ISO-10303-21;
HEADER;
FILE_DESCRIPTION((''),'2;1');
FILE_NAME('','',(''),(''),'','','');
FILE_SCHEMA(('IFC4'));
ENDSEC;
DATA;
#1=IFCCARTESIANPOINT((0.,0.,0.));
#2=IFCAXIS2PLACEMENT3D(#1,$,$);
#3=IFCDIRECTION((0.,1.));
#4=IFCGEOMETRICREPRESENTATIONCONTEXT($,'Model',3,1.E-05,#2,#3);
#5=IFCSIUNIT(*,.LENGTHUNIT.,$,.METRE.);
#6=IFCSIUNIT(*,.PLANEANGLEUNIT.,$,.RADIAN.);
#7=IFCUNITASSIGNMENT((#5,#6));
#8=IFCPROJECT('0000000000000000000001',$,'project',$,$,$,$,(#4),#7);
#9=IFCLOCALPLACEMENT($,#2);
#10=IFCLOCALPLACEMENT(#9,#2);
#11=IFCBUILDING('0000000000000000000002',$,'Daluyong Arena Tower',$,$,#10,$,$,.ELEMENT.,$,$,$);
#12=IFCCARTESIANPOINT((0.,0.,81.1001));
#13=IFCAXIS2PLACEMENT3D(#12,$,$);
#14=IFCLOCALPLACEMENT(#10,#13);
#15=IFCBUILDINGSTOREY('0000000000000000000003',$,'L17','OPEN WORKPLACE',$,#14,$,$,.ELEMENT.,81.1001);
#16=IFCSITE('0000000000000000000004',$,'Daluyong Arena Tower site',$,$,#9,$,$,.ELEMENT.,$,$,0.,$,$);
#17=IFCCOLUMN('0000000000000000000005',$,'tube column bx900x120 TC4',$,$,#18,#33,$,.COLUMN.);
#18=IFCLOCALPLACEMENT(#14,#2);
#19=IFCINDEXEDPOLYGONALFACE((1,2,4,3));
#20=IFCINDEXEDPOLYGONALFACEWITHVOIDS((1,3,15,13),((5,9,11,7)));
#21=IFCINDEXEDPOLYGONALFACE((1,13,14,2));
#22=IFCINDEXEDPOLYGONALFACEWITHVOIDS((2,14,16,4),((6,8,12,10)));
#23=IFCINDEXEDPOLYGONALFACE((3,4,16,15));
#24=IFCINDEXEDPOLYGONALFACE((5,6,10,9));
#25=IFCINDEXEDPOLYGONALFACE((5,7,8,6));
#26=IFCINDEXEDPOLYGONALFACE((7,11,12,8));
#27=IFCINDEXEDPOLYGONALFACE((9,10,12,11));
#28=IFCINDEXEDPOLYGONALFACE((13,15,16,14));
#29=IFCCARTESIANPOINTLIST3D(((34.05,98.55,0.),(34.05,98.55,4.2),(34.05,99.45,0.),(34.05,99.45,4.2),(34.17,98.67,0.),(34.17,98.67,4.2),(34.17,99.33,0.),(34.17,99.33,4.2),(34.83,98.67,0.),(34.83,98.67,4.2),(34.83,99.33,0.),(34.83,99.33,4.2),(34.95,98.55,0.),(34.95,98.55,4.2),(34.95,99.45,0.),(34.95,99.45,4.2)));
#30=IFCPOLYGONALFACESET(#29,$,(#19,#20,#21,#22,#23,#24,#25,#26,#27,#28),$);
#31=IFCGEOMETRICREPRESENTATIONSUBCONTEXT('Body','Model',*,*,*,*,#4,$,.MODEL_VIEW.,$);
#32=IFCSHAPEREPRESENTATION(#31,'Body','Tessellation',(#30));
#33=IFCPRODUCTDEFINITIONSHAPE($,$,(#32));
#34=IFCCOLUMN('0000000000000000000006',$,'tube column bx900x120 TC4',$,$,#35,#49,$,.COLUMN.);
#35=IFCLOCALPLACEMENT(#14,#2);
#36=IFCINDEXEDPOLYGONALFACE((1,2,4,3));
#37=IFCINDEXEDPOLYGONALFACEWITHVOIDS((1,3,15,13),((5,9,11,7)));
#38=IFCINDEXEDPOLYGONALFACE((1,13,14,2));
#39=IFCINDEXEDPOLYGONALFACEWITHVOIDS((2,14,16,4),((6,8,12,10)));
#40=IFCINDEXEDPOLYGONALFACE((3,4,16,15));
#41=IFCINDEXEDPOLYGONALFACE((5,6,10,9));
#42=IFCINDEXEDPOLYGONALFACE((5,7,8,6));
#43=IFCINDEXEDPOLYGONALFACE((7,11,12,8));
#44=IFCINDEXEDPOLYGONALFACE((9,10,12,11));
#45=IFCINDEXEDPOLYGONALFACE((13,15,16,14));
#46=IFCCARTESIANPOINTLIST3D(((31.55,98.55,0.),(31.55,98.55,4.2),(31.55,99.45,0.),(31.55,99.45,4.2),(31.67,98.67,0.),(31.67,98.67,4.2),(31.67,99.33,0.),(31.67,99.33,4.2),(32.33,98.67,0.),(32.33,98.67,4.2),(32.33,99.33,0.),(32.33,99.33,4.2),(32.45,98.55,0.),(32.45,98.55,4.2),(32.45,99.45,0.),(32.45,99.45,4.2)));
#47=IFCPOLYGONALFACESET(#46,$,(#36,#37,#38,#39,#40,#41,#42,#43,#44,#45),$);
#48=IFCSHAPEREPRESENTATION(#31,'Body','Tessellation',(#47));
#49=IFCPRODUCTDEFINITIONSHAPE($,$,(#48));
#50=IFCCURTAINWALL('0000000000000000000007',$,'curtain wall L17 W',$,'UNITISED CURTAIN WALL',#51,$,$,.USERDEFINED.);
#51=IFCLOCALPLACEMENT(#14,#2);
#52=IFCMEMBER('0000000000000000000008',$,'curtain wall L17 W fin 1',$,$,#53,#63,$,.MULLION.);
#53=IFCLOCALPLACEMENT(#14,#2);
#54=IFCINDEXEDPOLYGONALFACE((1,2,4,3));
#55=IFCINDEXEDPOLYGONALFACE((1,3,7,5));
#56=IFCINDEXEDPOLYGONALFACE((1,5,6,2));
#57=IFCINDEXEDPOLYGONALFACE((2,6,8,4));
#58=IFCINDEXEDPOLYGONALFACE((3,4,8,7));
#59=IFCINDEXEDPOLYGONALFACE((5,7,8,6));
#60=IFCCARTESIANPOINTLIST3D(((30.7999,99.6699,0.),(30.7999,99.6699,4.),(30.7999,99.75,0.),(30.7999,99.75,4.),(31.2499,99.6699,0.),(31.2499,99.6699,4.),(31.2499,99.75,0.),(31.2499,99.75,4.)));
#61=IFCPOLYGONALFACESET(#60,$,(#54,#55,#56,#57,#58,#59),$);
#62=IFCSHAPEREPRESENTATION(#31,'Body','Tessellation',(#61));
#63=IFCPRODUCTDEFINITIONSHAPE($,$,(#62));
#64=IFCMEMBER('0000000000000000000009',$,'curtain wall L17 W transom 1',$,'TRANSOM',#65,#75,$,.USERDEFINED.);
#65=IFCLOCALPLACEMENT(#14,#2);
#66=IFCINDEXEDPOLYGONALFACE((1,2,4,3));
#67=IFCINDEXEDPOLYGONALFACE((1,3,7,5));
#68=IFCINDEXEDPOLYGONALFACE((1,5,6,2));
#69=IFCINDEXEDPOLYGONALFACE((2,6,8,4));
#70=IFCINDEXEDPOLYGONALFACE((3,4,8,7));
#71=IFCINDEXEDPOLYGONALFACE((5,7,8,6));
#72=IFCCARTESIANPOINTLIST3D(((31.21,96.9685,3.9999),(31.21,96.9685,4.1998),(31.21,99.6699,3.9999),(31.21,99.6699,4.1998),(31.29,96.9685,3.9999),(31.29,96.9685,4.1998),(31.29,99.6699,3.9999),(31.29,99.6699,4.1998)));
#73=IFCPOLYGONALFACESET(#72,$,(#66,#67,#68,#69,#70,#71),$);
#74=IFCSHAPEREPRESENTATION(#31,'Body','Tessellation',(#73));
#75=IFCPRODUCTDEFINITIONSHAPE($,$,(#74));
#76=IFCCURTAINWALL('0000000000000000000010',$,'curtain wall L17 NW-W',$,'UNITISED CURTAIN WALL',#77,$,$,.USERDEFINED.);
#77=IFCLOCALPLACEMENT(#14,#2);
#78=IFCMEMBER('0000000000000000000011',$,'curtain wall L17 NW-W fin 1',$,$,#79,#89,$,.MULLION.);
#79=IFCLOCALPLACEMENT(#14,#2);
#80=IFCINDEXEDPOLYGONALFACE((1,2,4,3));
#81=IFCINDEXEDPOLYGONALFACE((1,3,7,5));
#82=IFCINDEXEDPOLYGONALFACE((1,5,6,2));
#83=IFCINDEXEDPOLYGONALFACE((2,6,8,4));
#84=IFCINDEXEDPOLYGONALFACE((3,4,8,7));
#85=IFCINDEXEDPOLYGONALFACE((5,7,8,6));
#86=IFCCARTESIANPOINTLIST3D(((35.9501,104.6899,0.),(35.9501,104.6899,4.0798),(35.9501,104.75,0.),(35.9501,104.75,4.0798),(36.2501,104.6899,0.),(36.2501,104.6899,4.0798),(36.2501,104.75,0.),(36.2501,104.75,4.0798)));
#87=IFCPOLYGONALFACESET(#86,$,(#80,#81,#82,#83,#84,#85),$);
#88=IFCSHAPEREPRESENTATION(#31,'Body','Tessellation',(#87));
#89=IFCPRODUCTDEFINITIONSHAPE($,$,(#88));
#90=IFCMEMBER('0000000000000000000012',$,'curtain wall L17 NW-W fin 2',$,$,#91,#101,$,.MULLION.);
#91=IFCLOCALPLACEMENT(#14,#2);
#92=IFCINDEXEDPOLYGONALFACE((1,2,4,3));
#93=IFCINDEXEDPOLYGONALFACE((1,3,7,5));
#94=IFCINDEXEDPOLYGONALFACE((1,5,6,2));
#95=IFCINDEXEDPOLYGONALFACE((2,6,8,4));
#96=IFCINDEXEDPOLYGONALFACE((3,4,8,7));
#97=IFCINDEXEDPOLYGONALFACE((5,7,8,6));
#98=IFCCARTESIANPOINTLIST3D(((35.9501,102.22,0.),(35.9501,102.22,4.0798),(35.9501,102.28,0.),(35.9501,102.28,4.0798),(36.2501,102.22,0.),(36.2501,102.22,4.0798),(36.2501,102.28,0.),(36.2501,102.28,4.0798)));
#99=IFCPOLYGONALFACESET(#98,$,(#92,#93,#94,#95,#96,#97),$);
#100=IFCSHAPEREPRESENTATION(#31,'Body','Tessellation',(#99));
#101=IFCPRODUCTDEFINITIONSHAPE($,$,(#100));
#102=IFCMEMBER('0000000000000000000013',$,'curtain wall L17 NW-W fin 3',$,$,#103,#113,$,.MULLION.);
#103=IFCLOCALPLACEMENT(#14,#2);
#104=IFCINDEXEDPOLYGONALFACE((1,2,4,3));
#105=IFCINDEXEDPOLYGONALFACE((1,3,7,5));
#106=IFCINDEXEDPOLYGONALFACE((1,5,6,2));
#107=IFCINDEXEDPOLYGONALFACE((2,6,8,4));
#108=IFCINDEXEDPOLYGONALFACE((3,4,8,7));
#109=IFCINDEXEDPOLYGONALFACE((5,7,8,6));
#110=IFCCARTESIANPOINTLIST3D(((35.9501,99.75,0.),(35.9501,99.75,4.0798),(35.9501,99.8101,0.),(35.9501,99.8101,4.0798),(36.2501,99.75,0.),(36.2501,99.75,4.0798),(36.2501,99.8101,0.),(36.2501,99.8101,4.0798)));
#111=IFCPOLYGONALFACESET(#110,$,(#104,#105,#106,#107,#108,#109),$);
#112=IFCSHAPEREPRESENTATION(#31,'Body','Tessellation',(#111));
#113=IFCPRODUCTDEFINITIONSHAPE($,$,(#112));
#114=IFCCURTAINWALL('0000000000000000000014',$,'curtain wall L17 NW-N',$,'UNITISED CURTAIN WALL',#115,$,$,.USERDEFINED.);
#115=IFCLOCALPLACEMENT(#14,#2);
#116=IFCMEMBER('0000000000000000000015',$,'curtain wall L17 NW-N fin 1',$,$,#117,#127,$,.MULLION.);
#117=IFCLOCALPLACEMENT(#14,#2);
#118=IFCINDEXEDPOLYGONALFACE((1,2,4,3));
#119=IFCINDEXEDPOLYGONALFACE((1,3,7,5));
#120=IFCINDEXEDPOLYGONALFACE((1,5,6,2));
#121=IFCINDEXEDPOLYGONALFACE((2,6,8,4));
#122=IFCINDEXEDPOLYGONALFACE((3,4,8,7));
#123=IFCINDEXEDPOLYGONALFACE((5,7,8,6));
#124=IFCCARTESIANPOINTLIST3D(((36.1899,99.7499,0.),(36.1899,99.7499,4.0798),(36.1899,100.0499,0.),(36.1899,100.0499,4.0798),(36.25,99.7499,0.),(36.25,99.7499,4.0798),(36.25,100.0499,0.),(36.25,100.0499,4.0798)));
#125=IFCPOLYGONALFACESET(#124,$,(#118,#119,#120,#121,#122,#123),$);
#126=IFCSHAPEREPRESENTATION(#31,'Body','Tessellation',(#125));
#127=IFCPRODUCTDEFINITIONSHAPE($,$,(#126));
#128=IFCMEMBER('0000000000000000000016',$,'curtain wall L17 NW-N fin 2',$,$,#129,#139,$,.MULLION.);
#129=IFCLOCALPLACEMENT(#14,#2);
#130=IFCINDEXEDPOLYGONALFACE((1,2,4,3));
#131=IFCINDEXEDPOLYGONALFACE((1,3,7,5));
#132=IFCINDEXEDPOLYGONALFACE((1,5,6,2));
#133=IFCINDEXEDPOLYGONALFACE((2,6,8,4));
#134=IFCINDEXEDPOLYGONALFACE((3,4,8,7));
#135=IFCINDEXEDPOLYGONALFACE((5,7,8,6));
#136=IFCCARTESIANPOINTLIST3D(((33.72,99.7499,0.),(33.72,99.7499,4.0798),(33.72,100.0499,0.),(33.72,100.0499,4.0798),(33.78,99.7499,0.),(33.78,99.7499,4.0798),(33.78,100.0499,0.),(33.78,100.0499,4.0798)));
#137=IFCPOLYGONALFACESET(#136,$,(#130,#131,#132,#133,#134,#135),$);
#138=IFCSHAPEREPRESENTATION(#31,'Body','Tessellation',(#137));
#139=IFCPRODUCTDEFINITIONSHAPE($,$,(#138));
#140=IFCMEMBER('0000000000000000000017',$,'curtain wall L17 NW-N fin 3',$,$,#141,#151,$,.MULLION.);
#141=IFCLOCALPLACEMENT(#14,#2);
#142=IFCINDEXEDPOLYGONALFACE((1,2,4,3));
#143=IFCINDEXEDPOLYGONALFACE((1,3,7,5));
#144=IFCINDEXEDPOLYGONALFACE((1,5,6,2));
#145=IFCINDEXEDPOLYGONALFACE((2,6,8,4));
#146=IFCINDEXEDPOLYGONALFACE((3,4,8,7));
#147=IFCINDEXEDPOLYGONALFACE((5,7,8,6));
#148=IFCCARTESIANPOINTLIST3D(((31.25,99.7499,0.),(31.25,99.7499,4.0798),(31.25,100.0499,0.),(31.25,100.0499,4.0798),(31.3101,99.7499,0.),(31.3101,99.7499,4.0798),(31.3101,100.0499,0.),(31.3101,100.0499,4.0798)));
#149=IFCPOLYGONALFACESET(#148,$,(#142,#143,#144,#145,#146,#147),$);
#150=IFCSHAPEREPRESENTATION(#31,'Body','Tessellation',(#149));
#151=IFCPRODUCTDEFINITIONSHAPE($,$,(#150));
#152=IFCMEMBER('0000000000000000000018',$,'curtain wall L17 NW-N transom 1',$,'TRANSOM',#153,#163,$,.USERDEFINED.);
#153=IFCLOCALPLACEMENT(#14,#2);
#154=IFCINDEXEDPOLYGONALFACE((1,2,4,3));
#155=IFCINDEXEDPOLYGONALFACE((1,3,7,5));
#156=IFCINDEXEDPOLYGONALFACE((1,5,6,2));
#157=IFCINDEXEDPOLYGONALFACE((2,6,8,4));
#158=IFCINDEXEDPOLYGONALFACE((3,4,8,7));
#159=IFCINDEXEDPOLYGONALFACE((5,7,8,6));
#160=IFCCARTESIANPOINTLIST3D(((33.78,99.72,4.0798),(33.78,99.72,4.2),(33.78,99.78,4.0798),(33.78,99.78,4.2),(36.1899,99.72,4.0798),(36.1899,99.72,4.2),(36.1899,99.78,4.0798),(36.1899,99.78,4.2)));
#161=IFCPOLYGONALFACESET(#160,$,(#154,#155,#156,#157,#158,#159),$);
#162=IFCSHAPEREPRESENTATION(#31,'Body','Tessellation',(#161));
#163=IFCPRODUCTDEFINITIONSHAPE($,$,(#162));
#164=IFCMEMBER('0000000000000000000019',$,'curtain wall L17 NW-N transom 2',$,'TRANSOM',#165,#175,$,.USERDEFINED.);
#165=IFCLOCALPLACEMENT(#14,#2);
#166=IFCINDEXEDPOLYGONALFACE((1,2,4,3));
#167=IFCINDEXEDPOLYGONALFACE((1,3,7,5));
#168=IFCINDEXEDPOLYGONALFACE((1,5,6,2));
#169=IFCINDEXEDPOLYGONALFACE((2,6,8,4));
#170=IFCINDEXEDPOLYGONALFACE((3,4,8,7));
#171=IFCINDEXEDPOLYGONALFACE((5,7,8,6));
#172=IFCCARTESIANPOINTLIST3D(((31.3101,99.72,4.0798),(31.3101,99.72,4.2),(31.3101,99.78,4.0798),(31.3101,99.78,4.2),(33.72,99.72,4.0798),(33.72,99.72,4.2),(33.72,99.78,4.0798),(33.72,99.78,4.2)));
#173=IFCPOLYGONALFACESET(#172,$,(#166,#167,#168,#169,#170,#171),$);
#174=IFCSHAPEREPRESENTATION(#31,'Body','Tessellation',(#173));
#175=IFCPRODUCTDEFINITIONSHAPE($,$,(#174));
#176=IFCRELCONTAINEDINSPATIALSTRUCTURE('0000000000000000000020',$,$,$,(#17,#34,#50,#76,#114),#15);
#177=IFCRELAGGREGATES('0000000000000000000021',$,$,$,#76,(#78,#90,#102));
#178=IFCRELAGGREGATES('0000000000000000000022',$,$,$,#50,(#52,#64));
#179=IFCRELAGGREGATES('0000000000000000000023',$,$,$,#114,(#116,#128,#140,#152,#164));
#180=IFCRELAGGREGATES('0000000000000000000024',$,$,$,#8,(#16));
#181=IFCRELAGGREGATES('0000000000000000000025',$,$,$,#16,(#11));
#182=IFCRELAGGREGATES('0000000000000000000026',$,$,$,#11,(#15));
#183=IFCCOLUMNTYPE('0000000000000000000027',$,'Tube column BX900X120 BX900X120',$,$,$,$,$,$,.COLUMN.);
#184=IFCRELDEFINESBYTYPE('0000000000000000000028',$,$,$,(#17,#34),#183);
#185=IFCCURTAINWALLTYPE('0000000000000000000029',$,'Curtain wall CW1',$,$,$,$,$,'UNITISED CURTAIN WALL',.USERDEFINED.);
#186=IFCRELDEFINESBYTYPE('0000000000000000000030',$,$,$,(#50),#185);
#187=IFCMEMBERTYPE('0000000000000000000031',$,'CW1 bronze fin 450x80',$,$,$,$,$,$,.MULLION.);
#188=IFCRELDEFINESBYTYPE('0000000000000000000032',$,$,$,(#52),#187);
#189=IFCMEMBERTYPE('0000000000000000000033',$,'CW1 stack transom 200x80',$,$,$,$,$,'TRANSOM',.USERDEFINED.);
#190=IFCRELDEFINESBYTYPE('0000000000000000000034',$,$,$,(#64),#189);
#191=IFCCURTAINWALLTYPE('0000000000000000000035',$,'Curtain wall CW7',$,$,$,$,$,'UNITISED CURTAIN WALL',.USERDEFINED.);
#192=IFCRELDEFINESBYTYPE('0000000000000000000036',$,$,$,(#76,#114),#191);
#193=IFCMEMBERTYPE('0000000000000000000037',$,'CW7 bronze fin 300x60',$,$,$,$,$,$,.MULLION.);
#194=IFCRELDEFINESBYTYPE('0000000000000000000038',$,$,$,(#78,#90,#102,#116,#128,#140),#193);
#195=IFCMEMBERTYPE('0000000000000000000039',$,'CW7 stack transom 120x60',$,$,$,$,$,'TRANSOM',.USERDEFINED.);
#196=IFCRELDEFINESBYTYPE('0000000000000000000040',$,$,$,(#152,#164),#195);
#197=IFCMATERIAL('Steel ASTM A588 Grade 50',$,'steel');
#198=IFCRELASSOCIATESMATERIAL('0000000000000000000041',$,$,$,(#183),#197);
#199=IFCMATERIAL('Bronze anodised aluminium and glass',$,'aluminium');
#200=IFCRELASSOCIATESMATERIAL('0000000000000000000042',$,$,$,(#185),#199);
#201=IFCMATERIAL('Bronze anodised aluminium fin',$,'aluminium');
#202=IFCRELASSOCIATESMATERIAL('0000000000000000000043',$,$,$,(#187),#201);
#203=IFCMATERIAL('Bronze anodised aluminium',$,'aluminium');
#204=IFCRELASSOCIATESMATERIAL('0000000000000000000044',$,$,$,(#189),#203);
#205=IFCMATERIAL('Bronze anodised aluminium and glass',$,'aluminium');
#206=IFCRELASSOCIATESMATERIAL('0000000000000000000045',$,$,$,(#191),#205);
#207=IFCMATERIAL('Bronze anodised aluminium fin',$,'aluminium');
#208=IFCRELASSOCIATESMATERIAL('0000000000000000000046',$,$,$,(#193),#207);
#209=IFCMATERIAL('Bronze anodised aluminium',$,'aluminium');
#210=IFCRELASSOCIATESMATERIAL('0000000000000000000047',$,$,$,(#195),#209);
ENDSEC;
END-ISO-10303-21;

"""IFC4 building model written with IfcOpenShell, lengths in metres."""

from ifc_helpers import new_model, si_unit, direction, frame, origin, origin_2d, place, context, subcontext, project, spatial, rectangle, hollow_rectangle, extrude, material, material_profile, profile_set, type_object, element, aggregate, save


model = new_model("IFC4")

# Units and contexts
model_context = context("Model", 3, precision=1e-05, world=origin(), true_north=direction((0.0, 1.0)))
body_context = subcontext(model_context, "Body", "Model", "MODEL_VIEW")
ifc_project = project(units=[si_unit("LENGTHUNIT", "METRE"), si_unit("PLANEANGLEUNIT", "RADIAN")], contexts=[model_context])

# Site, building, storey
site_placement = place(None, origin())
site = spatial("IfcSite", under=ifc_project, at=site_placement, Name="Daluyong Arena Tower site", CompositionType="ELEMENT", RefElevation=0.0)
building_placement = place(site_placement, origin())
building = spatial("IfcBuilding", under=site, at=building_placement, Name="Daluyong Arena Tower", CompositionType="ELEMENT")
storey_placement = place(building_placement, frame((0.0, 0.0, 81.1001)))
storey = spatial("IfcBuildingStorey", under=building, at=storey_placement, Name="L17", Description="OPEN WORKPLACE", CompositionType="ELEMENT", Elevation=81.1001)

# Columns
ifc_material_1 = material(Name="Steel ASTM A588 Grade 50", Category="steel")
ifc_material_profile_1 = material_profile(ifc_material_1, hollow_rectangle(XDim=0.8999, YDim=0.8999, WallThickness=0.12, at=origin_2d()))
ifc_profile_set_1 = profile_set([ifc_material_profile_1], Name="Steel ASTM A588 Grade 50")
column_type = type_object("IfcColumnType", Name="Tube column BX900X120 BX900X120", PredefinedType="COLUMN", material=ifc_profile_set_1)
for number, where, z_axis, x_axis, name in (
    (1, (34.5, 99.0, 0.0), (0.0, 0.0, 1.0), (1.0, 0.0, 0.0), "tube column bx900x120 TC4"),
    (2, (32.0, 99.0, 0.0), (0.0, 0.0, 1.0), (0.0, 1.0, 0.0), "tube column bx900x120 TC4"),
):
    element("IfcColumn", number, at=place(storey_placement, frame(where, z_axis=z_axis, x_axis=x_axis)), inside=storey, type_object=column_type, Name=name, PredefinedType="COLUMN", context=body_context, shape_type="SweptSolid", body=[
        extrude(hollow_rectangle(XDim=0.8999, YDim=0.8999, WallThickness=0.12, at=origin_2d()), origin(), (0.0, 0.0, 1.0), 4.2),
    ])

# Curtain walls, members
ifc_material_2 = material(Name="Bronze anodised aluminium and glass", Category="aluminium")
curtain_wall_type_1 = type_object("IfcCurtainWallType", Name="Curtain wall CW1", ElementType="UNITISED CURTAIN WALL", PredefinedType="USERDEFINED", material=ifc_material_2)
curtain_wall_1_placement = place(storey_placement, origin())
curtain_wall_1 = element("IfcCurtainWall", 3, at=curtain_wall_1_placement, inside=storey, type_object=curtain_wall_type_1, Name="curtain wall L17 W", ObjectType="UNITISED CURTAIN WALL", PredefinedType="USERDEFINED")
ifc_material_3 = material(Name="Bronze anodised aluminium fin", Category="aluminium")
ifc_material_profile_2 = material_profile(ifc_material_3, rectangle(XDim=0.45, YDim=0.0801, at=origin_2d()))
ifc_profile_set_2 = profile_set([ifc_material_profile_2], Name="Bronze anodised aluminium fin")
member_type_1 = type_object("IfcMemberType", Name="CW1 bronze fin 450x80", PredefinedType="MULLION", material=ifc_profile_set_2)
member_1_placement = place(storey_placement, frame((31.0249, 99.71, 0.0), z_axis=(0.0, 0.0, 1.0), x_axis=(1.0, 0.0, 0.0)))
member_1 = element("IfcMember", 4, at=member_1_placement, type_object=member_type_1, Name="curtain wall L17 W fin 1", PredefinedType="MULLION", context=body_context, shape_type="SweptSolid", body=[
    extrude(rectangle(XDim=0.45, YDim=0.0801, at=origin_2d()), origin(), (0.0, 0.0, 1.0), 4.0),
])
ifc_material_4 = material(Name="Bronze anodised aluminium", Category="aluminium")
ifc_material_profile_3 = material_profile(ifc_material_4, rectangle(XDim=0.0801, YDim=0.2, at=origin_2d()))
ifc_profile_set_3 = profile_set([ifc_material_profile_3], Name="Bronze anodised aluminium")
member_type_2 = type_object("IfcMemberType", Name="CW1 stack transom 200x80", ElementType="TRANSOM", PredefinedType="USERDEFINED", material=ifc_profile_set_3)
member_2_placement = place(storey_placement, frame((31.25, 99.6699, 4.0999), z_axis=(0.0, -1.0, 0.0), x_axis=(1.0, 0.0, 0.0)))
member_2 = element("IfcMember", 5, at=member_2_placement, type_object=member_type_2, Name="curtain wall L17 W transom 1", ObjectType="TRANSOM", PredefinedType="USERDEFINED", context=body_context, shape_type="SweptSolid", body=[
    extrude(rectangle(XDim=0.0801, YDim=0.2, at=origin_2d()), origin(), (0.0, 0.0, 1.0), 2.7014),
])
ifc_material_5 = material(Name="Bronze anodised aluminium and glass", Category="aluminium")
curtain_wall_type_2 = type_object("IfcCurtainWallType", Name="Curtain wall CW7", ElementType="UNITISED CURTAIN WALL", PredefinedType="USERDEFINED", material=ifc_material_5)
curtain_wall_2_placement = place(storey_placement, origin())
curtain_wall_2 = element("IfcCurtainWall", 6, at=curtain_wall_2_placement, inside=storey, type_object=curtain_wall_type_2, Name="curtain wall L17 NW-W", ObjectType="UNITISED CURTAIN WALL", PredefinedType="USERDEFINED")
ifc_material_6 = material(Name="Bronze anodised aluminium fin", Category="aluminium")
ifc_material_profile_4 = material_profile(ifc_material_6, rectangle(XDim=0.3, YDim=0.0601, at=origin_2d()))
ifc_profile_set_4 = profile_set([ifc_material_profile_4], Name="Bronze anodised aluminium fin")
member_type_3 = type_object("IfcMemberType", Name="CW7 bronze fin 300x60", PredefinedType="MULLION", material=ifc_profile_set_4)
member_3_placement = place(storey_placement, frame((36.1001, 104.72, 0.0), z_axis=(0.0, 0.0, 1.0), x_axis=(1.0, 0.0, 0.0)))
member_3 = element("IfcMember", 7, at=member_3_placement, type_object=member_type_3, Name="curtain wall L17 NW-W fin 1", PredefinedType="MULLION", context=body_context, shape_type="SweptSolid", body=[
    extrude(rectangle(XDim=0.3, YDim=0.0601, at=origin_2d()), origin(), (0.0, 0.0, 1.0), 4.0798),
])
member_4_placement = place(storey_placement, frame((36.1001, 102.25, 0.0), z_axis=(0.0, 0.0, 1.0), x_axis=(1.0, 0.0, 0.0)))
member_4 = element("IfcMember", 8, at=member_4_placement, type_object=member_type_3, Name="curtain wall L17 NW-W fin 2", PredefinedType="MULLION", context=body_context, shape_type="SweptSolid", body=[
    extrude(rectangle(XDim=0.3, YDim=0.0601, at=origin_2d()), origin(), (0.0, 0.0, 1.0), 4.0798),
])
member_5_placement = place(storey_placement, frame((36.1001, 99.78, 0.0), z_axis=(0.0, 0.0, 1.0), x_axis=(1.0, 0.0, 0.0)))
member_5 = element("IfcMember", 9, at=member_5_placement, type_object=member_type_3, Name="curtain wall L17 NW-W fin 3", PredefinedType="MULLION", context=body_context, shape_type="SweptSolid", body=[
    extrude(rectangle(XDim=0.3, YDim=0.0601, at=origin_2d()), origin(), (0.0, 0.0, 1.0), 4.0798),
])
aggregate(curtain_wall_2, [member_3, member_4, member_5])
curtain_wall_3_placement = place(storey_placement, origin())
curtain_wall_3 = element("IfcCurtainWall", 10, at=curtain_wall_3_placement, inside=storey, type_object=curtain_wall_type_2, Name="curtain wall L17 NW-N", ObjectType="UNITISED CURTAIN WALL", PredefinedType="USERDEFINED")
member_6_placement = place(storey_placement, frame((36.22, 99.8999, 0.0), z_axis=(0.0, 0.0, 1.0), x_axis=(0.0, -1.0, 0.0)))
member_6 = element("IfcMember", 11, at=member_6_placement, type_object=member_type_3, Name="curtain wall L17 NW-N fin 1", PredefinedType="MULLION", context=body_context, shape_type="SweptSolid", body=[
    extrude(rectangle(XDim=0.3, YDim=0.0601, at=origin_2d()), origin(), (0.0, 0.0, 1.0), 4.0798),
])
member_7_placement = place(storey_placement, frame((33.75, 99.8999, 0.0), z_axis=(0.0, 0.0, 1.0), x_axis=(0.0, -1.0, 0.0)))
member_7 = element("IfcMember", 12, at=member_7_placement, type_object=member_type_3, Name="curtain wall L17 NW-N fin 2", PredefinedType="MULLION", context=body_context, shape_type="SweptSolid", body=[
    extrude(rectangle(XDim=0.3, YDim=0.0601, at=origin_2d()), origin(), (0.0, 0.0, 1.0), 4.0798),
])
member_8_placement = place(storey_placement, frame((31.28, 99.8999, 0.0), z_axis=(0.0, 0.0, 1.0), x_axis=(0.0, -1.0, 0.0)))
member_8 = element("IfcMember", 13, at=member_8_placement, type_object=member_type_3, Name="curtain wall L17 NW-N fin 3", PredefinedType="MULLION", context=body_context, shape_type="SweptSolid", body=[
    extrude(rectangle(XDim=0.3, YDim=0.0601, at=origin_2d()), origin(), (0.0, 0.0, 1.0), 4.0798),
])
ifc_material_7 = material(Name="Bronze anodised aluminium", Category="aluminium")
ifc_material_profile_5 = material_profile(ifc_material_7, rectangle(XDim=0.0601, YDim=0.1201, at=origin_2d()))
ifc_profile_set_5 = profile_set([ifc_material_profile_5], Name="Bronze anodised aluminium")
member_type_4 = type_object("IfcMemberType", Name="CW7 stack transom 120x60", ElementType="TRANSOM", PredefinedType="USERDEFINED", material=ifc_profile_set_5)
member_9_placement = place(storey_placement, frame((36.1899, 99.75, 4.1399), z_axis=(-1.0, 0.0, 0.0), x_axis=(0.0, -1.0, 0.0)))
member_9 = element("IfcMember", 14, at=member_9_placement, type_object=member_type_4, Name="curtain wall L17 NW-N transom 1", ObjectType="TRANSOM", PredefinedType="USERDEFINED", context=body_context, shape_type="SweptSolid", body=[
    extrude(rectangle(XDim=0.0601, YDim=0.1201, at=origin_2d()), origin(), (0.0, 0.0, 1.0), 2.4099),
])
member_10_placement = place(storey_placement, frame((33.72, 99.75, 4.1399), z_axis=(-1.0, 0.0, 0.0), x_axis=(0.0, -1.0, 0.0)))
member_10 = element("IfcMember", 15, at=member_10_placement, type_object=member_type_4, Name="curtain wall L17 NW-N transom 2", ObjectType="TRANSOM", PredefinedType="USERDEFINED", context=body_context, shape_type="SweptSolid", body=[
    extrude(rectangle(XDim=0.0601, YDim=0.1201, at=origin_2d()), origin(), (0.0, 0.0, 1.0), 2.4099),
])

aggregate(curtain_wall_1, [member_1, member_2])
aggregate(curtain_wall_3, [member_6, member_7, member_8, member_9, member_10])

save(model, "model.ifc")
